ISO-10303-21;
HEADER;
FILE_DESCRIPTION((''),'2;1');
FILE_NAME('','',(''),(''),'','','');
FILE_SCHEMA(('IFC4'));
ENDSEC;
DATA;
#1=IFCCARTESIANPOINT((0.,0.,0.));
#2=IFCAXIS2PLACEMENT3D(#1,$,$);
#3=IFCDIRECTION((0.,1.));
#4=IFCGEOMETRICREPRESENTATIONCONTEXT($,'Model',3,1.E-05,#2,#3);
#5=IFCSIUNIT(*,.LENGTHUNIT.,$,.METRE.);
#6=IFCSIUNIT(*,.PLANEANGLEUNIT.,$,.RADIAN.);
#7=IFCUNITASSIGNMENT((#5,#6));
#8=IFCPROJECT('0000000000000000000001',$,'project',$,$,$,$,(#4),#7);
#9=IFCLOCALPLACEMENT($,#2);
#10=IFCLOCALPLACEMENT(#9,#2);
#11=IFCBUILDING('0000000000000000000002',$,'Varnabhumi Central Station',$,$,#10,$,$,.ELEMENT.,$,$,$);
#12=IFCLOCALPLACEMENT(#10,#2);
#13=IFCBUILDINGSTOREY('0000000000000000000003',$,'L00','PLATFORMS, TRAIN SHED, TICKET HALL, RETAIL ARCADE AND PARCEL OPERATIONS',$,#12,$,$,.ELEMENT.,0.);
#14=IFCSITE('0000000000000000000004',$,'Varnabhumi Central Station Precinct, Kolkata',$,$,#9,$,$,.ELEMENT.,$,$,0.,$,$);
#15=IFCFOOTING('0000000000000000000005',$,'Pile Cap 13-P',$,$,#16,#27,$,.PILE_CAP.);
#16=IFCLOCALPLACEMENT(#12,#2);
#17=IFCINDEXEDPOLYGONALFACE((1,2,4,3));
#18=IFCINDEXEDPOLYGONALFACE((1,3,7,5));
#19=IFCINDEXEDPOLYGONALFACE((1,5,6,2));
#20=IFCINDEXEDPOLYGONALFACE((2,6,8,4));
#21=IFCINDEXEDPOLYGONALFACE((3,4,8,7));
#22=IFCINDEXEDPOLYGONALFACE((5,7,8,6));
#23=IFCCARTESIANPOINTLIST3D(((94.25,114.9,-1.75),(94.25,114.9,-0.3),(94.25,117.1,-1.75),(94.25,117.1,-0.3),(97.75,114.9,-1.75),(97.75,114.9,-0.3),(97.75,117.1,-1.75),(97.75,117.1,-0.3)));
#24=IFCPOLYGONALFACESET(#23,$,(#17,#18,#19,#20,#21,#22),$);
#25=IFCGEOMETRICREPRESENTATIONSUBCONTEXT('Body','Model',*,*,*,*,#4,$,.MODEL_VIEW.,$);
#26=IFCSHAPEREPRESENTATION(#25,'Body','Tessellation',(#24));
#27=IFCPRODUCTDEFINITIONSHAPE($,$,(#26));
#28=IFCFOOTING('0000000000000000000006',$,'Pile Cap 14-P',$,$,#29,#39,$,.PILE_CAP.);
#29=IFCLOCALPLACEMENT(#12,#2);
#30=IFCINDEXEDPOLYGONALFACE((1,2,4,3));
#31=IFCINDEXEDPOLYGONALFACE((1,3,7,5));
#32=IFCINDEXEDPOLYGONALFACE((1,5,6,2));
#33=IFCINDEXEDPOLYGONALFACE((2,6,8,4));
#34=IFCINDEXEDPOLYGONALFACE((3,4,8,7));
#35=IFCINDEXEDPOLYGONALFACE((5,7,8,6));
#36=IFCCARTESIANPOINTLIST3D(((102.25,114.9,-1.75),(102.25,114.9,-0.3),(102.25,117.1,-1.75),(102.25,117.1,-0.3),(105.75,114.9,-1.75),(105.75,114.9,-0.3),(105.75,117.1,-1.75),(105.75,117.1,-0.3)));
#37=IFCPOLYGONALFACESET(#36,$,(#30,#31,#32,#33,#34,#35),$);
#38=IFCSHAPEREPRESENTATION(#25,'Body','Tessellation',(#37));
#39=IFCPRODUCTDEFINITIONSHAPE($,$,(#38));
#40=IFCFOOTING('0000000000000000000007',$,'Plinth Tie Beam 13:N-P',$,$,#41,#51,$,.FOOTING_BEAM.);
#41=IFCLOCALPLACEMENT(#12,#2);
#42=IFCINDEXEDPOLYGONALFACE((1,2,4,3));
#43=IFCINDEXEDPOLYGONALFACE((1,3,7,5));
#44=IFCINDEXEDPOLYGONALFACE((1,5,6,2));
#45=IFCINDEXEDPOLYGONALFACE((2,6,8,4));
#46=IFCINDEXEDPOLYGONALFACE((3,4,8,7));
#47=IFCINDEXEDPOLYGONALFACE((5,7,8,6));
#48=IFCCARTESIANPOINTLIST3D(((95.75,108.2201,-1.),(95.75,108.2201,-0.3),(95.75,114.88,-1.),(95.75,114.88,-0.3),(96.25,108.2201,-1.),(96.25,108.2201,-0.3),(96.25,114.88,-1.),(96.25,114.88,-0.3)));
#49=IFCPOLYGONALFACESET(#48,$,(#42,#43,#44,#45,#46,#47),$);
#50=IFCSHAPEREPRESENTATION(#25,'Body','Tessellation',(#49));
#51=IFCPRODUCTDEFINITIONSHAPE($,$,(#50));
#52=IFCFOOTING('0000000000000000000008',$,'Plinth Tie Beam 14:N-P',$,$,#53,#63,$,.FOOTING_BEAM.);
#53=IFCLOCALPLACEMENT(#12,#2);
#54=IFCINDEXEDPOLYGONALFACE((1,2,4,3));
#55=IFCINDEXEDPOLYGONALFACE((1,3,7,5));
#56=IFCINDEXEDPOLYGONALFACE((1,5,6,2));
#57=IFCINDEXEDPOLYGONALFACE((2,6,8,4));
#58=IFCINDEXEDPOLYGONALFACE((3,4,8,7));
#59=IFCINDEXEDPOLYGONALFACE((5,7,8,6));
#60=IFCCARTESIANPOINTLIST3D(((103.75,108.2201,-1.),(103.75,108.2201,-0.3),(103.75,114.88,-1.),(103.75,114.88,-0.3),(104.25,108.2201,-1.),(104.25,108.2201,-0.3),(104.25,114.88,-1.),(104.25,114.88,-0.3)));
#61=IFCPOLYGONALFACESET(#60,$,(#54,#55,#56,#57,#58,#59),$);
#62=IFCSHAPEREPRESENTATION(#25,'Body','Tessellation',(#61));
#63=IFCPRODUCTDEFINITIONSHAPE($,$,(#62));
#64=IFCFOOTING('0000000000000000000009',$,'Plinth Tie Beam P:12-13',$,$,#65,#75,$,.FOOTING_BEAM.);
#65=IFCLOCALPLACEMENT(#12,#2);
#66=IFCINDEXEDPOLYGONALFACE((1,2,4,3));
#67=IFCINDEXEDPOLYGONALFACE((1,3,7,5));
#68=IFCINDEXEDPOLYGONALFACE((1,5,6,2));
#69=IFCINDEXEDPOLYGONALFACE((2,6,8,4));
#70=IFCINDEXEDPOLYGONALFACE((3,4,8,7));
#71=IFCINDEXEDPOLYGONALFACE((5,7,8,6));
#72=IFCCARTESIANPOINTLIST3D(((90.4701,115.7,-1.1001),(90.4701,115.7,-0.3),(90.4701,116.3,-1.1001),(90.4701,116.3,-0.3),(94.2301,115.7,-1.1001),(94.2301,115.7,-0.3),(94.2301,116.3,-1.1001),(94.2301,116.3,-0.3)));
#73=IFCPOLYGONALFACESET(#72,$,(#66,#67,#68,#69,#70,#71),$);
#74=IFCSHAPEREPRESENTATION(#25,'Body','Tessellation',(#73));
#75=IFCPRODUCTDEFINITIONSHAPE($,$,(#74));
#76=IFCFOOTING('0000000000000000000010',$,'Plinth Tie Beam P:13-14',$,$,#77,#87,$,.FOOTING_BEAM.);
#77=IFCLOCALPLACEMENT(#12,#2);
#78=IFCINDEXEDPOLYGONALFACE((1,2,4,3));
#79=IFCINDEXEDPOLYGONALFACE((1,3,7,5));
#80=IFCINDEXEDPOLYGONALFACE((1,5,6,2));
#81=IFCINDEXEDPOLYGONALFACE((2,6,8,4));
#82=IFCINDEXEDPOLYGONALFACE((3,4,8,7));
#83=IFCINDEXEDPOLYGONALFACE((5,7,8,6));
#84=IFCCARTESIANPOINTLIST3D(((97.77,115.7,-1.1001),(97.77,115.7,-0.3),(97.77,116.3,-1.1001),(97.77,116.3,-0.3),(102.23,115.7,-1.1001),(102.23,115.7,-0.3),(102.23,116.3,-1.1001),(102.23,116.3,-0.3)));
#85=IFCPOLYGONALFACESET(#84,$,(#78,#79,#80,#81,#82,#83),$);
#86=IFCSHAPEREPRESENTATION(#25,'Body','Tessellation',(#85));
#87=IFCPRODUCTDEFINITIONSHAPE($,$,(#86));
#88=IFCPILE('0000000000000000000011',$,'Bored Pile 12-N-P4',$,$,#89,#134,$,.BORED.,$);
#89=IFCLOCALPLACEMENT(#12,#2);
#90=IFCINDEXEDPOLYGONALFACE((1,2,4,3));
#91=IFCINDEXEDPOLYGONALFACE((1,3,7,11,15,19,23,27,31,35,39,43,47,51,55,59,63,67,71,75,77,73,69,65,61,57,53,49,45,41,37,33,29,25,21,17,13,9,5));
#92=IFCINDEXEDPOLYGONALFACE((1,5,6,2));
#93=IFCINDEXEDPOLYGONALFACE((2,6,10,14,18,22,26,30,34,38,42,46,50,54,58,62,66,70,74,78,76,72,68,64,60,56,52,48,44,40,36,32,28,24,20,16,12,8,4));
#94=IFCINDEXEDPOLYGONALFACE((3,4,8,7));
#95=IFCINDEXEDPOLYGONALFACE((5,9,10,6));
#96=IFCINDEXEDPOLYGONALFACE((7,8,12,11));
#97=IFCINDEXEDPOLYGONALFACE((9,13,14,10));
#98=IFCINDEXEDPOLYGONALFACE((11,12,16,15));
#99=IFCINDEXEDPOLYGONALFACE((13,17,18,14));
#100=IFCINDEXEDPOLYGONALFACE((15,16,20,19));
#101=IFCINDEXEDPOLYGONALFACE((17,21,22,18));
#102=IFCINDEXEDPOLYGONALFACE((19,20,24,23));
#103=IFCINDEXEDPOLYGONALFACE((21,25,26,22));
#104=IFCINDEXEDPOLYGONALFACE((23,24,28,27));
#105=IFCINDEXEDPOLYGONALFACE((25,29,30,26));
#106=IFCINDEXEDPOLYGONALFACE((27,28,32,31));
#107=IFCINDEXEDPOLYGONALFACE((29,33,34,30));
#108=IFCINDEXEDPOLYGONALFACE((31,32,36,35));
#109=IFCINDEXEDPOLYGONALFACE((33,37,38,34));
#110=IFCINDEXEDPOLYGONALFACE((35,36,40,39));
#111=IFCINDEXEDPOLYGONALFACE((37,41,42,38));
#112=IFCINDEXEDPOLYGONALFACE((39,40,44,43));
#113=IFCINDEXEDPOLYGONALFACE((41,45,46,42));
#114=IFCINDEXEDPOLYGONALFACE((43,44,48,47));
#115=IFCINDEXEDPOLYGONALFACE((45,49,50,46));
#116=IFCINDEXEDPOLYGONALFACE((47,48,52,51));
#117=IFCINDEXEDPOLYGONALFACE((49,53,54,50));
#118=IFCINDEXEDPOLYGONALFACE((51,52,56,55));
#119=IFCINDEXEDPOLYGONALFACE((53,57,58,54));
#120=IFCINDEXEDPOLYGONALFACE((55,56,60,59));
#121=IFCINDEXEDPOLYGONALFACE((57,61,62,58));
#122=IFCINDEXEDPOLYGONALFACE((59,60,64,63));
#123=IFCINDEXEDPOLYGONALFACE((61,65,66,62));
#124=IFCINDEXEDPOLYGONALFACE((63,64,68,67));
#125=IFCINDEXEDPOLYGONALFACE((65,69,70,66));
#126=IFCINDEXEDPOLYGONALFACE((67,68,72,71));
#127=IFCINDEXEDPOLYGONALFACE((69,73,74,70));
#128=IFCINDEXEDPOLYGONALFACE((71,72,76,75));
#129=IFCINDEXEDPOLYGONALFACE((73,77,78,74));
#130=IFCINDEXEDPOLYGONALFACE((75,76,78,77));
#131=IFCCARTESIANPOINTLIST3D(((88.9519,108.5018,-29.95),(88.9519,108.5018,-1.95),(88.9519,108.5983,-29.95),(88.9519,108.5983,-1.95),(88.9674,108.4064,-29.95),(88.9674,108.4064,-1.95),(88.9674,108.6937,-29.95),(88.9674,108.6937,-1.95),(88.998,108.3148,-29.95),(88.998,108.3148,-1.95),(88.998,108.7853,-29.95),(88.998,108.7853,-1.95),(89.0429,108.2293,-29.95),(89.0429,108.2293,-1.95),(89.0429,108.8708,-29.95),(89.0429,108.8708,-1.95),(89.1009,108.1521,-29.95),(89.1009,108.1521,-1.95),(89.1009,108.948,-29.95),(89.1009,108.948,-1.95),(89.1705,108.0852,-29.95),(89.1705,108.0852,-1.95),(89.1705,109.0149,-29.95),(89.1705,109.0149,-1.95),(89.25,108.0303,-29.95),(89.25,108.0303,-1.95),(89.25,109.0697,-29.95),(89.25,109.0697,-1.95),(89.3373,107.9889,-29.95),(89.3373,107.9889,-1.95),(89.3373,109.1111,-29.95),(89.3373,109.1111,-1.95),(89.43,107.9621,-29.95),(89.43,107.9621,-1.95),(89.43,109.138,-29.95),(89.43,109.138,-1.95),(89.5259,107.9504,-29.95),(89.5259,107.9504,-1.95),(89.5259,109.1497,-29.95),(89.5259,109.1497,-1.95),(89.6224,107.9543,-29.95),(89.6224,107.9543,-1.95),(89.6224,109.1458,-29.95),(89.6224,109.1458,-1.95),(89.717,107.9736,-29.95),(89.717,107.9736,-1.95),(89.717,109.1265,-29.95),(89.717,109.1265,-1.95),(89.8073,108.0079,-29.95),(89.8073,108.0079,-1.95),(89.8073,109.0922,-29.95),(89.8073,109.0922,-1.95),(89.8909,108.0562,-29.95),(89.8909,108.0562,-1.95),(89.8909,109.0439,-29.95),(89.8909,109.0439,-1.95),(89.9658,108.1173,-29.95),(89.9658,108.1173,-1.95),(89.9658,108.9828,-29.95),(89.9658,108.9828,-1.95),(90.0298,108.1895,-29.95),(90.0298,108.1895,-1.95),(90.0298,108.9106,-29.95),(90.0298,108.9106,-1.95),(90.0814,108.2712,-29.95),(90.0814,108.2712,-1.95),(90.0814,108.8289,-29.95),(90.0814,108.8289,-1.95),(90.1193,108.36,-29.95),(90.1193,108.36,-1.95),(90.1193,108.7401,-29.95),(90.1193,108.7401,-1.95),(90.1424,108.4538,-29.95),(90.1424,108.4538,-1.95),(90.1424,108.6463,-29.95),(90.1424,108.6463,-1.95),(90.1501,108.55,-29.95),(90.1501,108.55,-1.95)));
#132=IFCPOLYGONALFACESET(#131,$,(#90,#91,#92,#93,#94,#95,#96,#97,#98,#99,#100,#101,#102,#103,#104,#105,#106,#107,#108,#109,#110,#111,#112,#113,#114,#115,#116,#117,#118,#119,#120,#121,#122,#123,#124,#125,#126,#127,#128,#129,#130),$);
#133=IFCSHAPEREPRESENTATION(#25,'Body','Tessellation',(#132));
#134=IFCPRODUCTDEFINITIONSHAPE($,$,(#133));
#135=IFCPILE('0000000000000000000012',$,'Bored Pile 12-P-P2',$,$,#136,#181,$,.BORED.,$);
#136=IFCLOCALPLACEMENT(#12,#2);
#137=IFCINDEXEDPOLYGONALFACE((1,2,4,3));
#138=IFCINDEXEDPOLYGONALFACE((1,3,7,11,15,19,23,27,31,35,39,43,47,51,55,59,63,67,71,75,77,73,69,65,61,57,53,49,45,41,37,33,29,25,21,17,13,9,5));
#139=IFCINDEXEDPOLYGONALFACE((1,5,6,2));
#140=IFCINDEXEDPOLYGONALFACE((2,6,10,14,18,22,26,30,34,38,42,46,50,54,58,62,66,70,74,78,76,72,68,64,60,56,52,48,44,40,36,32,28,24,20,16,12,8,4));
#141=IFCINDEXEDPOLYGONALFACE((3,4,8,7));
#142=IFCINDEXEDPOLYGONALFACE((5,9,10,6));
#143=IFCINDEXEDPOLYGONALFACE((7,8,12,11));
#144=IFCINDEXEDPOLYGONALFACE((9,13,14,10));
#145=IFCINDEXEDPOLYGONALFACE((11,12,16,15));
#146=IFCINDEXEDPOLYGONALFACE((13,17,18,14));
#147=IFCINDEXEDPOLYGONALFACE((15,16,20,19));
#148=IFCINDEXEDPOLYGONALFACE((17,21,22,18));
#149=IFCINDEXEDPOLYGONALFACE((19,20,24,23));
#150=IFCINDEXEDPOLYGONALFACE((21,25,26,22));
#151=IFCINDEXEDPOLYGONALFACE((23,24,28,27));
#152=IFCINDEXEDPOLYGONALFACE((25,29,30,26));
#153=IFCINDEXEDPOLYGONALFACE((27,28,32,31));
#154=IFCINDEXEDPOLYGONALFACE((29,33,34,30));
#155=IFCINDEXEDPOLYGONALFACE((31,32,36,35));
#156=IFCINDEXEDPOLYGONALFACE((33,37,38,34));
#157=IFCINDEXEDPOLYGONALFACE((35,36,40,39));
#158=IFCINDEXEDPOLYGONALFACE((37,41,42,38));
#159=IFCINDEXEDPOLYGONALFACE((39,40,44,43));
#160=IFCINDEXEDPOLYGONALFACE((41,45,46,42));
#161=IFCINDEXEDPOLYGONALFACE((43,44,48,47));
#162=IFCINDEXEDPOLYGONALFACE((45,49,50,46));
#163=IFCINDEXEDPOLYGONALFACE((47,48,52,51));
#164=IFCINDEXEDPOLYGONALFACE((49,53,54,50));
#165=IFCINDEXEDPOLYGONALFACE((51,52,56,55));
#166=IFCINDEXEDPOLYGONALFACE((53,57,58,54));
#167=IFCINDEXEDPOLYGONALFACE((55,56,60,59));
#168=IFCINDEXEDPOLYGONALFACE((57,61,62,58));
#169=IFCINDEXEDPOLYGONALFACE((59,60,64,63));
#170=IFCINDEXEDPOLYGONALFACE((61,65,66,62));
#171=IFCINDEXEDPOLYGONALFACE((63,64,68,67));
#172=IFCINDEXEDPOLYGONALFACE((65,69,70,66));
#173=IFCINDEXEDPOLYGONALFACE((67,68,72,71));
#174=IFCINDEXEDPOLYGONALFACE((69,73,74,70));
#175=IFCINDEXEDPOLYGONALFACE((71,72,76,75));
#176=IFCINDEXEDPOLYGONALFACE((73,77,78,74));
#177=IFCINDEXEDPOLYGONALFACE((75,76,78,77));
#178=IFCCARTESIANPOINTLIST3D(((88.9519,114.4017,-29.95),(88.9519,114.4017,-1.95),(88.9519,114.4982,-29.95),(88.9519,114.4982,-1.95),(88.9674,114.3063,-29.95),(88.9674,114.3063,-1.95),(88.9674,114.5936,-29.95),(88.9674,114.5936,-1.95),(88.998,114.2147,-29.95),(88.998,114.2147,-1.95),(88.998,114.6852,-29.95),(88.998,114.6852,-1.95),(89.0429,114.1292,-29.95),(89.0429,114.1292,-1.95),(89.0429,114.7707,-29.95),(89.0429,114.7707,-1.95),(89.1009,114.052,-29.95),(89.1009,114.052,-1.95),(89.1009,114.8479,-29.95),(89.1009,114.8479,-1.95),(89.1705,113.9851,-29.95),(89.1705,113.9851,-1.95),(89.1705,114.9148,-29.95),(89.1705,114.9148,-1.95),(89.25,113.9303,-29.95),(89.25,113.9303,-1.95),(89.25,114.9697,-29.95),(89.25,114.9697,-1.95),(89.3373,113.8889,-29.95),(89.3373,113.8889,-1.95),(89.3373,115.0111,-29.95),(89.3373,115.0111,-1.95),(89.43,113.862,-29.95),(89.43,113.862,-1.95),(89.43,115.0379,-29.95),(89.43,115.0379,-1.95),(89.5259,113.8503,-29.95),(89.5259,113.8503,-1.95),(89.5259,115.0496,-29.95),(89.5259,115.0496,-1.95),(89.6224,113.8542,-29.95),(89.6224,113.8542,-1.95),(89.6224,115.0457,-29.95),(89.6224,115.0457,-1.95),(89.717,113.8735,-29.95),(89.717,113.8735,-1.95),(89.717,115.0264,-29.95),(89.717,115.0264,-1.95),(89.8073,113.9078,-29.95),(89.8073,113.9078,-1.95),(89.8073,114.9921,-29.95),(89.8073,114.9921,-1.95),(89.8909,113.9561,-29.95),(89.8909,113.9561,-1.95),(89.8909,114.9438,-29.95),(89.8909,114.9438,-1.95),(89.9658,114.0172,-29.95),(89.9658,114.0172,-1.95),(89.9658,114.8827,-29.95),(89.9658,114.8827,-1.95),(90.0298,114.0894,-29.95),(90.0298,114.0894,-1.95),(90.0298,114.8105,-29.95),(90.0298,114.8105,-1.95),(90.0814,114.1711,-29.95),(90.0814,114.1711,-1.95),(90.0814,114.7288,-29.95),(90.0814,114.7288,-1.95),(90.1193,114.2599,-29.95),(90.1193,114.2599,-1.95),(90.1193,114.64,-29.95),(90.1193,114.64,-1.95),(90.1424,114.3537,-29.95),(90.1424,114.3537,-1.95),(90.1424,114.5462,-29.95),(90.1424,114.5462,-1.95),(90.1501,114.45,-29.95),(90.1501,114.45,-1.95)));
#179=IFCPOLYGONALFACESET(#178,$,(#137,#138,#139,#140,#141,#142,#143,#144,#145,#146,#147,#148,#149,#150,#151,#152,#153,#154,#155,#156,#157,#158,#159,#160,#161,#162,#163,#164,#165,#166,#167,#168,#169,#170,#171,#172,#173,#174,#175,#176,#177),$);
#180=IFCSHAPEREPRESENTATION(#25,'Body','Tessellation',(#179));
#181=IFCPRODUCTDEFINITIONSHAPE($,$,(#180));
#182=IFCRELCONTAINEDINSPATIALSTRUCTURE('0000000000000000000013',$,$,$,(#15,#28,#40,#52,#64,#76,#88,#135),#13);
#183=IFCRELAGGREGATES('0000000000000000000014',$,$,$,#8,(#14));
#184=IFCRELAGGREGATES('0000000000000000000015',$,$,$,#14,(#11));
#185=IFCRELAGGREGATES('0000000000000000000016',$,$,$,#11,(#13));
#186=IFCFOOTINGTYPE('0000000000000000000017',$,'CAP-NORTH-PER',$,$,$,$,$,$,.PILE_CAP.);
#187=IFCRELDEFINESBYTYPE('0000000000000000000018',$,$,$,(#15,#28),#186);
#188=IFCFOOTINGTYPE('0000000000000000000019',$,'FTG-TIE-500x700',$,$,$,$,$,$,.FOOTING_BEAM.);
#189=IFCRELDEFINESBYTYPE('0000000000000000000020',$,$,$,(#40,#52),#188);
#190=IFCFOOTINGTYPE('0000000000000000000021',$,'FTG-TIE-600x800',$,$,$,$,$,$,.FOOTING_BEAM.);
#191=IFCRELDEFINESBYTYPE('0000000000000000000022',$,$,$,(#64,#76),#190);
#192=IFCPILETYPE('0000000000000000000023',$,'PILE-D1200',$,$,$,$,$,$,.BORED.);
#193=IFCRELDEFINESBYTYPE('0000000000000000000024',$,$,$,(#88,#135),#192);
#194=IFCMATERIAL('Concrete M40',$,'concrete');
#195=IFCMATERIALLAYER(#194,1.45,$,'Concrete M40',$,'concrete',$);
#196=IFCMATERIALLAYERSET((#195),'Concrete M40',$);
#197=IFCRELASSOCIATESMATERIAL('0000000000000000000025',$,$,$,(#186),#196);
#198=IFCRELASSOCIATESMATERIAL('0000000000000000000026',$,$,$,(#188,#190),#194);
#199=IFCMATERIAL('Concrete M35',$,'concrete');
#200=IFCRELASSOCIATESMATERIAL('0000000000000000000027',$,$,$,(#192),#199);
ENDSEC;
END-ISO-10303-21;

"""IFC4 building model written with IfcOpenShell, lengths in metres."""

from ifc_helpers import new_model, si_unit, direction, frame, origin, origin_2d, place, context, subcontext, project, spatial, rectangle, circle, extrude, material, layer, layer_set, material_profile, profile_set, type_object, element, save


model = new_model("IFC4")

# Units and contexts
model_context = context("Model", 3, precision=1e-05, world=origin(), true_north=direction((0.0, 1.0)))
body_context = subcontext(model_context, "Body", "Model", "MODEL_VIEW")
ifc_project = project(units=[si_unit("LENGTHUNIT", "METRE"), si_unit("PLANEANGLEUNIT", "RADIAN")], contexts=[model_context])

# Site, building, storey
site_placement = place(None, origin())
site = spatial("IfcSite", under=ifc_project, at=site_placement, Name="Varnabhumi Central Station Precinct, Kolkata", CompositionType="ELEMENT", RefElevation=0.0)
building_placement = place(site_placement, origin())
building = spatial("IfcBuilding", under=site, at=building_placement, Name="Varnabhumi Central Station", CompositionType="ELEMENT")
storey_placement = place(building_placement, origin())
storey = spatial("IfcBuildingStorey", under=building, at=storey_placement, Name="L00", Description="PLATFORMS, TRAIN SHED, TICKET HALL, RETAIL ARCADE AND PARCEL OPERATIONS", CompositionType="ELEMENT", Elevation=0.0)

# Footings
ifc_material_1 = material(Name="Concrete M40", Category="concrete")
ifc_layer_1 = layer(ifc_material_1, 1.45, Name="Concrete M40", Category="concrete")
ifc_layer_set_1 = layer_set([ifc_layer_1], Name="Concrete M40")
footing_type_1 = type_object("IfcFootingType", Name="CAP-NORTH-PER", PredefinedType="PILE_CAP", material=ifc_layer_set_1)
for number, where, z_axis, x_axis, name in (
    (1, (96.0, 116.0, -1.75), (0.0, 0.0, 1.0), (1.0, 0.0, 0.0), "Pile Cap 13-P"),
    (2, (104.0, 116.0, -1.75), (0.0, 0.0, 1.0), (1.0, 0.0, 0.0), "Pile Cap 14-P"),
):
    element("IfcFooting", number, at=place(storey_placement, frame(where, z_axis=z_axis, x_axis=x_axis)), inside=storey, type_object=footing_type_1, Name=name, PredefinedType="PILE_CAP", context=body_context, shape_type="SweptSolid", body=[
        extrude(rectangle(XDim=3.5, YDim=2.2, at=origin_2d()), origin(), (0.0, 0.0, 1.0), 1.45),
    ])
footing_type_2 = type_object("IfcFootingType", Name="FTG-TIE-500x700", PredefinedType="FOOTING_BEAM", material=ifc_material_1)
for number, where, z_axis, x_axis, name in (
    (3, (96.0, 111.55, -1.0), (0.0, 0.0, 1.0), (1.0, 0.0, 0.0), "Plinth Tie Beam 13:N-P"),
    (4, (104.0, 111.55, -1.0), (0.0, 0.0, 1.0), (1.0, 0.0, 0.0), "Plinth Tie Beam 14:N-P"),
):
    element("IfcFooting", number, at=place(storey_placement, frame(where, z_axis=z_axis, x_axis=x_axis)), inside=storey, type_object=footing_type_2, Name=name, PredefinedType="FOOTING_BEAM", context=body_context, shape_type="SweptSolid", body=[
        extrude(rectangle(XDim=0.5, YDim=6.6599, at=origin_2d()), origin(), (0.0, 0.0, 1.0), 0.7),
    ])
footing_type_3 = type_object("IfcFootingType", Name="FTG-TIE-600x800", PredefinedType="FOOTING_BEAM", material=ifc_material_1)
footing_1_placement = place(storey_placement, frame((92.3501, 116.0, -1.1001), z_axis=(0.0, 0.0, 1.0), x_axis=(1.0, 0.0, 0.0)))
element("IfcFooting", 5, at=footing_1_placement, inside=storey, type_object=footing_type_3, Name="Plinth Tie Beam P:12-13", PredefinedType="FOOTING_BEAM", context=body_context, shape_type="SweptSolid", body=[
    extrude(rectangle(XDim=3.76, YDim=0.6001, at=origin_2d()), origin(), (0.0, 0.0, 1.0), 0.8),
])
footing_2_placement = place(storey_placement, frame((100.0, 116.0, -1.1001), z_axis=(0.0, 0.0, 1.0), x_axis=(1.0, 0.0, 0.0)))
element("IfcFooting", 6, at=footing_2_placement, inside=storey, type_object=footing_type_3, Name="Plinth Tie Beam P:13-14", PredefinedType="FOOTING_BEAM", context=body_context, shape_type="SweptSolid", body=[
    extrude(rectangle(XDim=4.46, YDim=0.6001, at=origin_2d()), origin(), (0.0, 0.0, 1.0), 0.8),
])

# Piles
ifc_material_2 = material(Name="Concrete M35", Category="concrete")
ifc_material_profile_1 = material_profile(ifc_material_2, circle(Radius=0.6001, at=origin_2d()), Name="Concrete M35", Category="concrete")
ifc_profile_set_1 = profile_set([ifc_material_profile_1], Name="Concrete M35")
pile_type_1 = type_object("IfcPileType", Name="PILE-D1200", PredefinedType="BORED", material=ifc_profile_set_1)
for number, where, z_axis, x_axis, name in (
    (7, (89.55, 108.55, -1.95), (0.0, 0.0, -1.0), (1.0, 0.0, 0.0), "Bored Pile 12-N-P4"),
    (8, (89.55, 114.45, -1.95), (0.0, 0.0, -1.0), (1.0, 0.0, 0.0), "Bored Pile 12-P-P2"),
):
    element("IfcPile", number, at=place(storey_placement, frame(where, z_axis=z_axis, x_axis=x_axis)), inside=storey, type_object=pile_type_1, Name=name, PredefinedType="BORED", context=body_context, shape_type="SweptSolid", body=[
        extrude(circle(Radius=0.6001, at=origin_2d()), origin(), (0.0, 0.0, 1.0), 28.0),
    ])

save(model, "model.ifc")
